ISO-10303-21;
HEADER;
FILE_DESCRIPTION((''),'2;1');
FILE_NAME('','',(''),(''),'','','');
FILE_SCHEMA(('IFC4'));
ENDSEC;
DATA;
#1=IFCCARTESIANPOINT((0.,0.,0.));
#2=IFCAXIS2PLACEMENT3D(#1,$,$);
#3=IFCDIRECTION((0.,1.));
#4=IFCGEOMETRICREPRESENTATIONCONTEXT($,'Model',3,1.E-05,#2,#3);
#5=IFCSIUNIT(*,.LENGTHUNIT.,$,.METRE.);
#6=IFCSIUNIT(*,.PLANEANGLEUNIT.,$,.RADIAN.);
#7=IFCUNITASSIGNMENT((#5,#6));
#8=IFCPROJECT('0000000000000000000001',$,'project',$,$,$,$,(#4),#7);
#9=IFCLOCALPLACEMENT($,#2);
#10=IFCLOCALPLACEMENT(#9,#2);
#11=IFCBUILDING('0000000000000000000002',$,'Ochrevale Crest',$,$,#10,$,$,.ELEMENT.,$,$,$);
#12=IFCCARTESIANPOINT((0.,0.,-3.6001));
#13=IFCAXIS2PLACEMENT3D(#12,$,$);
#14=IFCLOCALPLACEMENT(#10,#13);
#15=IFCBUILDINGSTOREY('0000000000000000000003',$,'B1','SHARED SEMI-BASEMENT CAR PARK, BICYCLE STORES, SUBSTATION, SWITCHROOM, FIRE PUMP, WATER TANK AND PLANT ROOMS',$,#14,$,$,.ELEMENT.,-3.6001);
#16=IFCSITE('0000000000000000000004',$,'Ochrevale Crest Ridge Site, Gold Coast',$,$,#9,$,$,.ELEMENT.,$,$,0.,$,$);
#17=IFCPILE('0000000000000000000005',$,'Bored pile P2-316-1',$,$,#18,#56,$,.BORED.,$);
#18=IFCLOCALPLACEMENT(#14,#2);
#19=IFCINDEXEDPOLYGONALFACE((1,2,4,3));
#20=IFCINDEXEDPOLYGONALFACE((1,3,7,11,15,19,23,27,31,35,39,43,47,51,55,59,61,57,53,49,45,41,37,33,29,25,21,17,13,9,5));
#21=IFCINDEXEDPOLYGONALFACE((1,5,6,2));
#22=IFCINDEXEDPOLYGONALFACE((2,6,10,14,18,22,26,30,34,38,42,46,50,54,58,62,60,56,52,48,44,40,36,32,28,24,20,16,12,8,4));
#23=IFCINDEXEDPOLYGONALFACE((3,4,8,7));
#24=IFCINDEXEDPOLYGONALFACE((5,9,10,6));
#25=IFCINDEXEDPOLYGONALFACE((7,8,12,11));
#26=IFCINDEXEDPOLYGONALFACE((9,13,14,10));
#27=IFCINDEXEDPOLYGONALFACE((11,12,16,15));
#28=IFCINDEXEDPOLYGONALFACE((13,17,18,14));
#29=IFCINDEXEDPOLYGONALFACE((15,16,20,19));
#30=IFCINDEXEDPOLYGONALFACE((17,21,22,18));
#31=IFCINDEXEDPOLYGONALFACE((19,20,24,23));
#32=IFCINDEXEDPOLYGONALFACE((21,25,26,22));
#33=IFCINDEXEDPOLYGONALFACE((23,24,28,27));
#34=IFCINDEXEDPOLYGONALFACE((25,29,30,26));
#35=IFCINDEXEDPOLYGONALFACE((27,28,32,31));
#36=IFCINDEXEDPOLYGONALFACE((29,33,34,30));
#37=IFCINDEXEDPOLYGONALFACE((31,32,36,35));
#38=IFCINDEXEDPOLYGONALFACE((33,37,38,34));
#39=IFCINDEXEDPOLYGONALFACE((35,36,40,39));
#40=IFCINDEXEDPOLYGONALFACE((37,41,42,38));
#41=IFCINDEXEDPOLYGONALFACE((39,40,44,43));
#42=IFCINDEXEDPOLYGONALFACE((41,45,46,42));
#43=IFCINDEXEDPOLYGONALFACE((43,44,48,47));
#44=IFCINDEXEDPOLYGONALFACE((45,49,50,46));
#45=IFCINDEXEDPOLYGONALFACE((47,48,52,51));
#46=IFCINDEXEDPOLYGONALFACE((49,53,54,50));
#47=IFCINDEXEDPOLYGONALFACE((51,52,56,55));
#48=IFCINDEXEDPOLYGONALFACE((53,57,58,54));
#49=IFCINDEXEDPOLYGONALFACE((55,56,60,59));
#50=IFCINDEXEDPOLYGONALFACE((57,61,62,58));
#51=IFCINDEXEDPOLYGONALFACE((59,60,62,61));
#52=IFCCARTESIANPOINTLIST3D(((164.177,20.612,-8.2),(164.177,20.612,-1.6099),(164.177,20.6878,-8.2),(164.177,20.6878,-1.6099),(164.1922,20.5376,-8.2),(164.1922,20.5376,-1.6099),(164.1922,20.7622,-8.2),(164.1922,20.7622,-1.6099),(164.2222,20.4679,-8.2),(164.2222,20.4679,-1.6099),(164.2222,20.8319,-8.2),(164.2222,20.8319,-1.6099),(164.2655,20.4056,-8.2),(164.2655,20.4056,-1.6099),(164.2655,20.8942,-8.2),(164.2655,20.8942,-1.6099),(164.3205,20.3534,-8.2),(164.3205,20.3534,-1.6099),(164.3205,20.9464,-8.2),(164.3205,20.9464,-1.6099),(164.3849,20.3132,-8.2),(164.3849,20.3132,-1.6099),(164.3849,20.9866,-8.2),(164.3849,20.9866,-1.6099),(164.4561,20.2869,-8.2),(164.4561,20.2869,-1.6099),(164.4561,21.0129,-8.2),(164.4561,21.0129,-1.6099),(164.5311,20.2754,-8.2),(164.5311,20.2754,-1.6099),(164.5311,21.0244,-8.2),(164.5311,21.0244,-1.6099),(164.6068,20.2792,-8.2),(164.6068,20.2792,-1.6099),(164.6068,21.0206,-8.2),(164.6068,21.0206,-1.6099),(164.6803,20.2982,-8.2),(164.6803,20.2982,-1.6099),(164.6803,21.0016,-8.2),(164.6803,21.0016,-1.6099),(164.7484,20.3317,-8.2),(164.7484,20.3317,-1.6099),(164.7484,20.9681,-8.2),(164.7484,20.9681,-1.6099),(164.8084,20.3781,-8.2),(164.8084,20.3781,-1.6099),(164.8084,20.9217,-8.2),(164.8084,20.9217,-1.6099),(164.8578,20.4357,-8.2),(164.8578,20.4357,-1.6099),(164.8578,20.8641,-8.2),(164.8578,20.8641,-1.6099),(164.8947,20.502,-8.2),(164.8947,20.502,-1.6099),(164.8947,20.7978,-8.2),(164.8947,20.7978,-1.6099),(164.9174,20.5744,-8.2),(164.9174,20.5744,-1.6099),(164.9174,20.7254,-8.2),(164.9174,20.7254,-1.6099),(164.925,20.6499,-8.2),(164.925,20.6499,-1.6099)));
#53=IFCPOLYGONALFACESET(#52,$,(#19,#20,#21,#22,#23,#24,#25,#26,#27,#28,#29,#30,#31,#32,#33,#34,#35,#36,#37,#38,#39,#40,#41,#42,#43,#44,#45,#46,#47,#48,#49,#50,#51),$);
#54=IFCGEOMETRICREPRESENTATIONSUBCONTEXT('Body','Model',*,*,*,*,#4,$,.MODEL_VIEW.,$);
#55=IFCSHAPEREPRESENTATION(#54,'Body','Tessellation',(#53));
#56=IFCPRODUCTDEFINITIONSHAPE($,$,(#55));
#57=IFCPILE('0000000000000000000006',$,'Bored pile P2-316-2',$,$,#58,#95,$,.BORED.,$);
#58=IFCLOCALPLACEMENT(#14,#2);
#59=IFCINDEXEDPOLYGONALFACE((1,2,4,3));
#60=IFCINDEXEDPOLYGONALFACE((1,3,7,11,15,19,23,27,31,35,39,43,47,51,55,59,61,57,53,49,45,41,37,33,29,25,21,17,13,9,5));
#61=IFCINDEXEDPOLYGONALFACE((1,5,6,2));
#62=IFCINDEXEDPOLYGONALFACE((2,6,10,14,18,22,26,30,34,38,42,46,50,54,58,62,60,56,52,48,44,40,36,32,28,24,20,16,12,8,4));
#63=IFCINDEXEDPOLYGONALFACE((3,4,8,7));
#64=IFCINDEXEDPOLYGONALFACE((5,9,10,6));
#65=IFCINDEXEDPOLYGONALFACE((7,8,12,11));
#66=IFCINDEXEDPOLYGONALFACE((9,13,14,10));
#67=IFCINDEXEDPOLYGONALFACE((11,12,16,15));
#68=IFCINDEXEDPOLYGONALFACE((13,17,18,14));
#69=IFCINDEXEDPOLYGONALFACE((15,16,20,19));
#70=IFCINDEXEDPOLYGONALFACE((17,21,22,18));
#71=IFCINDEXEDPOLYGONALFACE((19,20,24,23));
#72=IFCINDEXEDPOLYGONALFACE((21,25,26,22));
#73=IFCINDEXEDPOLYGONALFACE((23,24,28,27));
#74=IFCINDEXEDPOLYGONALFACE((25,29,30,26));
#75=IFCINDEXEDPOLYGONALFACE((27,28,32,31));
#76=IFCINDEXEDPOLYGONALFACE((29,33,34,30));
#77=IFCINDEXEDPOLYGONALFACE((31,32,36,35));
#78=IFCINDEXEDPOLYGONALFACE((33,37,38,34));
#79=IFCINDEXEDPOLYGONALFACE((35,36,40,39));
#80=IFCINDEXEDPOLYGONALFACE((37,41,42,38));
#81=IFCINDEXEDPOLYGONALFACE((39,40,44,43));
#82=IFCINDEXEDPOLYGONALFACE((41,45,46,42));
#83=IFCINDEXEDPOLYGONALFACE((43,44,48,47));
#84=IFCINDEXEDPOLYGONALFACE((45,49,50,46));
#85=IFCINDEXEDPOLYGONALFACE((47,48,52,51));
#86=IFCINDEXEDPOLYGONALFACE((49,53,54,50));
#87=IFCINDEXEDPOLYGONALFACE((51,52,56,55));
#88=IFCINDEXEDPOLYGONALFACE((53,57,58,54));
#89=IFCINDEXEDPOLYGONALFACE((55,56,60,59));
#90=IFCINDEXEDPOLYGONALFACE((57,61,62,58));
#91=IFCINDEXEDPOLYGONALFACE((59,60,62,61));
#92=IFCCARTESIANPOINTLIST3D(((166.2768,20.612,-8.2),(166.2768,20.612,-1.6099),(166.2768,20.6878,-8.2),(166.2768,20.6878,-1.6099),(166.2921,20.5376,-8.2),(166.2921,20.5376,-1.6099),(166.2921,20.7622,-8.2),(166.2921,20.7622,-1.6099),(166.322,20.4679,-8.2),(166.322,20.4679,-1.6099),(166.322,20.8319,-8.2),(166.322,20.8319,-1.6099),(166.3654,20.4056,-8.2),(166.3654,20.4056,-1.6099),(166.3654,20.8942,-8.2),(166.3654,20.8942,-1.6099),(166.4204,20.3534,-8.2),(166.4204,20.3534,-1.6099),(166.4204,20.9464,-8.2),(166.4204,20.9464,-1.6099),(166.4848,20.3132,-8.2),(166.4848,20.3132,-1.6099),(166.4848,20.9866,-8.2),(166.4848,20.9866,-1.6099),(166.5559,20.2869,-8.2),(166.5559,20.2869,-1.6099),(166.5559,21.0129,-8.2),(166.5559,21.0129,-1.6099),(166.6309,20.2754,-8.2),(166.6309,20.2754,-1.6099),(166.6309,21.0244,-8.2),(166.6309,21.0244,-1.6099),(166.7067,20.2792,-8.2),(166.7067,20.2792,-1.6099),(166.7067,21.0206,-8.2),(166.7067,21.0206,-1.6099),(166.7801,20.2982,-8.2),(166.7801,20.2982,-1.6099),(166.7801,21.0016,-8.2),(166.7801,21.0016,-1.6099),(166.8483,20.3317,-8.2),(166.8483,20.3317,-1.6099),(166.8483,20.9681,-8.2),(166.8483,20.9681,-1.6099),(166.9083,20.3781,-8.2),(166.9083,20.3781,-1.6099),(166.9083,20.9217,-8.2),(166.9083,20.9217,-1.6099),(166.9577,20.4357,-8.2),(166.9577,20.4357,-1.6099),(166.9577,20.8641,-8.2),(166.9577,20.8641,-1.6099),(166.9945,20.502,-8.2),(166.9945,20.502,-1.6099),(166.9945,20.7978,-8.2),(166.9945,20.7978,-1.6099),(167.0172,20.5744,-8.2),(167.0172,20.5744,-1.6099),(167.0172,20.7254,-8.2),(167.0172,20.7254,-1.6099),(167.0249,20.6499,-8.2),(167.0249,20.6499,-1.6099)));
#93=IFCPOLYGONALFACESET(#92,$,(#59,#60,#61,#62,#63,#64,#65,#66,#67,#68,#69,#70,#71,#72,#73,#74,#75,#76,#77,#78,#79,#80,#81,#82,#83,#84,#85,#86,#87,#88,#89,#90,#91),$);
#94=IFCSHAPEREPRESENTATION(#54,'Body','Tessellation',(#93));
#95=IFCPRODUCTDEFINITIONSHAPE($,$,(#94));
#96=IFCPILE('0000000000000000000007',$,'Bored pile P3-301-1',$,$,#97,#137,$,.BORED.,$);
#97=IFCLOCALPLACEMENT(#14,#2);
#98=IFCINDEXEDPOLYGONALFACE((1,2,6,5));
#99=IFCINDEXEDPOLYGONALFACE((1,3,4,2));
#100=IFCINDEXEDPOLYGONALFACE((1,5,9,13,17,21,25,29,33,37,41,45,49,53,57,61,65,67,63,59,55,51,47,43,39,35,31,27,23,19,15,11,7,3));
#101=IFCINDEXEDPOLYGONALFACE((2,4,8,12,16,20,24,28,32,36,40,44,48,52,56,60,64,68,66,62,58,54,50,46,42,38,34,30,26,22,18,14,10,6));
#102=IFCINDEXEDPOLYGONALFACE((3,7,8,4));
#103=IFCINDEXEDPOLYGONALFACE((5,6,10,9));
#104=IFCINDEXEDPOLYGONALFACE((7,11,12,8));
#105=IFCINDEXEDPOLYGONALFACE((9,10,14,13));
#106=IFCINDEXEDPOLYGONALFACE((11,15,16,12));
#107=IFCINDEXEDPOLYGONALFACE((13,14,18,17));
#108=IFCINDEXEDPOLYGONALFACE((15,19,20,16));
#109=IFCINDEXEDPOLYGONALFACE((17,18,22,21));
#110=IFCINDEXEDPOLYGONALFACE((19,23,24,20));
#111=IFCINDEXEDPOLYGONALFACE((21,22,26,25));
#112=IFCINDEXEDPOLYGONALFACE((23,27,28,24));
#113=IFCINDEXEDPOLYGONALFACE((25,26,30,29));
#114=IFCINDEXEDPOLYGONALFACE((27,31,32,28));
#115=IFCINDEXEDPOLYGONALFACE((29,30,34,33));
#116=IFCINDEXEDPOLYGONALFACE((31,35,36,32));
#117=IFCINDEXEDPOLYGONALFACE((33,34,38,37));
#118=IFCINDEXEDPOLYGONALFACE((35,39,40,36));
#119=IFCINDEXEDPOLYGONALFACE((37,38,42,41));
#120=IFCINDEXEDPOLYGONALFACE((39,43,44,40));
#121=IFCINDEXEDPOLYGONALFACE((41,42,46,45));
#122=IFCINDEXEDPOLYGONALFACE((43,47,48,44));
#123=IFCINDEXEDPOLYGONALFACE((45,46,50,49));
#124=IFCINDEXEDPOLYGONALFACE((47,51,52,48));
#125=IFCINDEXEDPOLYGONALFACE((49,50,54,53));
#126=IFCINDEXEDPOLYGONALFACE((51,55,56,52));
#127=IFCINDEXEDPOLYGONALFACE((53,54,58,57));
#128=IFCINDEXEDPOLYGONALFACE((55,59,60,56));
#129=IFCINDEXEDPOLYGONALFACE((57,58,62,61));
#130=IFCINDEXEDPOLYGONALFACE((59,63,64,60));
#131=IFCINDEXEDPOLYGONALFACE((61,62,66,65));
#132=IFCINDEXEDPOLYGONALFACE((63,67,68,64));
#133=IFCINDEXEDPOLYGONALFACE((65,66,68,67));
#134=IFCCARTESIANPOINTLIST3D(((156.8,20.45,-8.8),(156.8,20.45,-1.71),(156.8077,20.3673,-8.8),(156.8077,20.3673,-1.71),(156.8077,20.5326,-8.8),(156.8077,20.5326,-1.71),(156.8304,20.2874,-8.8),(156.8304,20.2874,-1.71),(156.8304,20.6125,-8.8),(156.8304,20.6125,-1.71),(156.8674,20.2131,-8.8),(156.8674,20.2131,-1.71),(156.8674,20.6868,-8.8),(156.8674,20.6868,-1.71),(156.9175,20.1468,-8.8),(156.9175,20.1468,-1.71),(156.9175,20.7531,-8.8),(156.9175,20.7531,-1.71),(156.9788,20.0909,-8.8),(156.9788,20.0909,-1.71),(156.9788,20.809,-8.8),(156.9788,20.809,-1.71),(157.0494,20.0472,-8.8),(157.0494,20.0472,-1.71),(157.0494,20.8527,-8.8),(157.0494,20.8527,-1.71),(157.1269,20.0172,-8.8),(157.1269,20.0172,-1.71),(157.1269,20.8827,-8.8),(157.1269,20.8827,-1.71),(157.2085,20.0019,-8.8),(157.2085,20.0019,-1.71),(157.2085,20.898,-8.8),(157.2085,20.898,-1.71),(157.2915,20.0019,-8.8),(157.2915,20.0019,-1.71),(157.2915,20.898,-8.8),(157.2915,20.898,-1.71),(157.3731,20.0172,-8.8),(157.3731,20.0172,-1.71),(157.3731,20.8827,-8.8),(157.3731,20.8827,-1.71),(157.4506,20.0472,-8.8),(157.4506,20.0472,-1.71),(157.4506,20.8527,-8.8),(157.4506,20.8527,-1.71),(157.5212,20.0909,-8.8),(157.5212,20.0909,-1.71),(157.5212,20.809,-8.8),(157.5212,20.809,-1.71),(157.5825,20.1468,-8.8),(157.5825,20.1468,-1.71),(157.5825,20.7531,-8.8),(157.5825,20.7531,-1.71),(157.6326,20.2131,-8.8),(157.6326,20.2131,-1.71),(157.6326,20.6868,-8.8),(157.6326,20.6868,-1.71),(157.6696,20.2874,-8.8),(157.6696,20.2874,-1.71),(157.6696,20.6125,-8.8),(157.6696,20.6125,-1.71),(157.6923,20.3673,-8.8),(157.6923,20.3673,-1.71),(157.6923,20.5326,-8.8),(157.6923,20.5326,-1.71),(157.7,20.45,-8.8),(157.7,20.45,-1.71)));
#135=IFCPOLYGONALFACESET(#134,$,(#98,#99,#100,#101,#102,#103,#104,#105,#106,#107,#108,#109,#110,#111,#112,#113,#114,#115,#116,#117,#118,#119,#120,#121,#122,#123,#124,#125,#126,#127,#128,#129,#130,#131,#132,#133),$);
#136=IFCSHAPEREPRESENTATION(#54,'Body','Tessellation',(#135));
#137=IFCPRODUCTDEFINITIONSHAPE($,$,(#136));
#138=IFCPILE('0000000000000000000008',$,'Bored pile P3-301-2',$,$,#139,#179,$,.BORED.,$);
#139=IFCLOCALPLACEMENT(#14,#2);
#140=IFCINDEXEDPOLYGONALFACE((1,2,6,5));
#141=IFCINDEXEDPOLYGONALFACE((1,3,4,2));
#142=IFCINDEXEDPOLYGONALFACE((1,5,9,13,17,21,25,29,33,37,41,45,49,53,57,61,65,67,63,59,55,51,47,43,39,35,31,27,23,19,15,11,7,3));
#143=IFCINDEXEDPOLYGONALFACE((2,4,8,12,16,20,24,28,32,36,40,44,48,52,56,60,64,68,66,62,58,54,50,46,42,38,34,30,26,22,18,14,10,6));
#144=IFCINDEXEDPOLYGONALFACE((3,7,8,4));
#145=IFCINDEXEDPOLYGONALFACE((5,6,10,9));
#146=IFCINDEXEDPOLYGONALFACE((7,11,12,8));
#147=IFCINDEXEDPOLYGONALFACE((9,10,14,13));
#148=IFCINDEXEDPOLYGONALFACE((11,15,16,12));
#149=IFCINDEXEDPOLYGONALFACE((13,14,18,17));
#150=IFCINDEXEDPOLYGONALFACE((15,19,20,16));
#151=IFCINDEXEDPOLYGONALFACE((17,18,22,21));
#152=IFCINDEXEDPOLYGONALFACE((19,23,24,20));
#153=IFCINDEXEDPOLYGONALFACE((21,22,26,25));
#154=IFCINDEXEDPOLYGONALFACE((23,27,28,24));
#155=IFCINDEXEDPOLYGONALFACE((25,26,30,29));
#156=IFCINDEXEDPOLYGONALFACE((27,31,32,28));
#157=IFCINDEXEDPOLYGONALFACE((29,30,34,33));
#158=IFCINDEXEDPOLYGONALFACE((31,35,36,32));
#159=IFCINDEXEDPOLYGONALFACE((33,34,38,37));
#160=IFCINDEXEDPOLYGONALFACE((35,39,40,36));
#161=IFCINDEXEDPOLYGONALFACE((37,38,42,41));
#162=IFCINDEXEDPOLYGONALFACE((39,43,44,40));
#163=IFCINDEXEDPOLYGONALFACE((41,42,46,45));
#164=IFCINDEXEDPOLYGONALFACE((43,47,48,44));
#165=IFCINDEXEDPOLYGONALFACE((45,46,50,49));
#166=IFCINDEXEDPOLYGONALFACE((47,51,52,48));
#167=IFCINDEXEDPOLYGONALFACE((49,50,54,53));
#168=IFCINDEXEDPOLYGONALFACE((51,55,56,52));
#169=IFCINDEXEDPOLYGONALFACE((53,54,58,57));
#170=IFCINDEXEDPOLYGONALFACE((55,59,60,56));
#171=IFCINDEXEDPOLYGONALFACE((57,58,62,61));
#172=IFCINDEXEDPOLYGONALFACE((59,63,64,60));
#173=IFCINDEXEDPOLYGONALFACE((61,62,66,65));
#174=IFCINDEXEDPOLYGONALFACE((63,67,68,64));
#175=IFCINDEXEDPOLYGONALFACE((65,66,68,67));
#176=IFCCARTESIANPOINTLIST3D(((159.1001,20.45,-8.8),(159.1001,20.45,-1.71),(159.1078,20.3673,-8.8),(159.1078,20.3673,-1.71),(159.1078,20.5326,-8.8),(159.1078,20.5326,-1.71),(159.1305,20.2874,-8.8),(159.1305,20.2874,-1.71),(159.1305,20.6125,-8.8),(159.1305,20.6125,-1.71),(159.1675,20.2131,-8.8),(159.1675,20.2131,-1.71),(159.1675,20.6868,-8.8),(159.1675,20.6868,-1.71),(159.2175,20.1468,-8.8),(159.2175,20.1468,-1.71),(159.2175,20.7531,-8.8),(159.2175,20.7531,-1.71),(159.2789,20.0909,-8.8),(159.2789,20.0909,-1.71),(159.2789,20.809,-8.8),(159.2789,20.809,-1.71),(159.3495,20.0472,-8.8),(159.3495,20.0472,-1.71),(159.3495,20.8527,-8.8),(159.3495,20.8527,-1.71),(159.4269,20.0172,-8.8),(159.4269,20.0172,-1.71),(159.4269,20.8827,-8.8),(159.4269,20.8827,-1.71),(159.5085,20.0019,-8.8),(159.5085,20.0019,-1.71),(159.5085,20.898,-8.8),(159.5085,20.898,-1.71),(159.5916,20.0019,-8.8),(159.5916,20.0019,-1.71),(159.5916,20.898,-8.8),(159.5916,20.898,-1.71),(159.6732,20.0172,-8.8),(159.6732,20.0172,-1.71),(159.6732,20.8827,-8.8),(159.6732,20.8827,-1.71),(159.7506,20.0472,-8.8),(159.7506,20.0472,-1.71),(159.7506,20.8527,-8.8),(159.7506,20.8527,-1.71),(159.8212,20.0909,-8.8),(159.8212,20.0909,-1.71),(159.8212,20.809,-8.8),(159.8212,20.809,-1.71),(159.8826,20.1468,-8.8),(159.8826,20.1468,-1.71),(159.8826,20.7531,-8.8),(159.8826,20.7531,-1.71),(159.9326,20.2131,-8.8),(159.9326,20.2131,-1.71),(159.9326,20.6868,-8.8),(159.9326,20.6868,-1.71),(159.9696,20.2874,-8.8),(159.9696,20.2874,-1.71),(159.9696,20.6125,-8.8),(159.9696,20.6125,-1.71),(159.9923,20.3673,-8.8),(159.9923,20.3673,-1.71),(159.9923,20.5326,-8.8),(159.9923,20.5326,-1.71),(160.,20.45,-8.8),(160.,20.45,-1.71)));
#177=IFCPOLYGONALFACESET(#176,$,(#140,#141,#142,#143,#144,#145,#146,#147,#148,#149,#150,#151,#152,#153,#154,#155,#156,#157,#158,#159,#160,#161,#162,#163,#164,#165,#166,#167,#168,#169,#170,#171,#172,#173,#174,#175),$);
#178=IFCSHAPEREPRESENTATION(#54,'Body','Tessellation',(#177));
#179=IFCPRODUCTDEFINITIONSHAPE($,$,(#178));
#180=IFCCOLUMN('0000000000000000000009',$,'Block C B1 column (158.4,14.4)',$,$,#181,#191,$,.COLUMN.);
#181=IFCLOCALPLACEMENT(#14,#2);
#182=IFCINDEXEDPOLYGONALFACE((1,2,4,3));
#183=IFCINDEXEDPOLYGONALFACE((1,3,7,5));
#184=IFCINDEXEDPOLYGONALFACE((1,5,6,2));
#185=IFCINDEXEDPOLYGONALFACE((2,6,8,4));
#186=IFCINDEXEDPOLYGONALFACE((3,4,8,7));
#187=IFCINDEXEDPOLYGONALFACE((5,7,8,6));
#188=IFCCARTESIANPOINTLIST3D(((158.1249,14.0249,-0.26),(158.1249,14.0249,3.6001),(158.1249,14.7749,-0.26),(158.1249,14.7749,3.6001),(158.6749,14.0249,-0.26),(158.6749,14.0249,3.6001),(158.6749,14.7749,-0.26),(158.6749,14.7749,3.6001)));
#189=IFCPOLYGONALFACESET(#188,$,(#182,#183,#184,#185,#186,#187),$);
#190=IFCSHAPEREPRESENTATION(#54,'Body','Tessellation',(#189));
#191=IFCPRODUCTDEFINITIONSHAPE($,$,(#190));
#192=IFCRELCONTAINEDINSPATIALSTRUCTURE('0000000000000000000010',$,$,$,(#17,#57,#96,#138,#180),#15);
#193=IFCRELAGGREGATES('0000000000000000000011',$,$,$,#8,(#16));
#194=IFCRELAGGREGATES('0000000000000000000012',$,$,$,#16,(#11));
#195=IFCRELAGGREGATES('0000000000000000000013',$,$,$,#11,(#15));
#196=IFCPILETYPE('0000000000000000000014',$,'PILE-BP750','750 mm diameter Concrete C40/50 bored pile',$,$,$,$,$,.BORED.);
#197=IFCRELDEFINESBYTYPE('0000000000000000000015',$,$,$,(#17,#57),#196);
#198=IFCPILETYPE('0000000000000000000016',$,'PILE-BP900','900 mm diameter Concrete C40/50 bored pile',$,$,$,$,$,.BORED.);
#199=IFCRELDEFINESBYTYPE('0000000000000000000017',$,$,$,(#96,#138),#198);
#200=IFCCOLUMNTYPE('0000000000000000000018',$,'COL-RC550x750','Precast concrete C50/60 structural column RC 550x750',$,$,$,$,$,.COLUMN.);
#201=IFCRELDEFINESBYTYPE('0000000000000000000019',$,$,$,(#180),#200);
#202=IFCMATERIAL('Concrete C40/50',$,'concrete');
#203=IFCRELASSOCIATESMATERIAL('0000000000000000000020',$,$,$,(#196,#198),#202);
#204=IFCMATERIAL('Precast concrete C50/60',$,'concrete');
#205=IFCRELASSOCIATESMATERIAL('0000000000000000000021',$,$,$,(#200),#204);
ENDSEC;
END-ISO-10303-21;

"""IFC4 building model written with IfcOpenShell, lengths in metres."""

from ifc_helpers import new_model, si_unit, direction, frame, origin, origin_2d, place, context, subcontext, project, spatial, rectangle, circle, extrude, material, material_profile, profile_set, type_object, element, save


model = new_model("IFC4")

# Units and contexts
model_context = context("Model", 3, precision=1e-05, world=origin(), true_north=direction((0.0, 1.0)))
body_context = subcontext(model_context, "Body", "Model", "MODEL_VIEW")
ifc_project = project(units=[si_unit("LENGTHUNIT", "METRE"), si_unit("PLANEANGLEUNIT", "RADIAN")], contexts=[model_context])

# Site, building, storey
site_placement = place(None, origin())
site = spatial("IfcSite", under=ifc_project, at=site_placement, Name="Ochrevale Crest Ridge Site, Gold Coast", CompositionType="ELEMENT", RefElevation=0.0)
building_placement = place(site_placement, origin())
building = spatial("IfcBuilding", under=site, at=building_placement, Name="Ochrevale Crest", CompositionType="ELEMENT")
storey_placement = place(building_placement, frame((0.0, 0.0, -3.6001)))
storey = spatial("IfcBuildingStorey", under=building, at=storey_placement, Name="B1", Description="SHARED SEMI-BASEMENT CAR PARK, BICYCLE STORES, SUBSTATION, SWITCHROOM, FIRE PUMP, WATER TANK AND PLANT ROOMS", CompositionType="ELEMENT", Elevation=-3.6001)

# Shared definitions
ifc_material_1 = material(Name="Concrete C40/50", Category="concrete")

# Piles
ifc_material_profile_1 = material_profile(ifc_material_1, circle(Radius=0.375, at=origin_2d()), Name="BORED PILE 750")
ifc_profile_set_1 = profile_set([ifc_material_profile_1], Name="Concrete C40/50")
pile_type_1 = type_object("IfcPileType", Name="PILE-BP750", Description="750 mm diameter Concrete C40/50 bored pile", PredefinedType="BORED", material=ifc_profile_set_1)
for number, where, z_axis, x_axis, name in (
    (1, (164.55, 20.6499, -1.6099), (0.0, 0.0, -1.0), (1.0, 0.0, 0.0), "Bored pile P2-316-1"),
    (2, (166.6499, 20.6499, -1.6099), (0.0, 0.0, -1.0), (1.0, 0.0, 0.0), "Bored pile P2-316-2"),
):
    element("IfcPile", number, at=place(storey_placement, frame(where, z_axis=z_axis, x_axis=x_axis)), inside=storey, type_object=pile_type_1, Name=name, PredefinedType="BORED", context=body_context, shape_type="SweptSolid", body=[
        extrude(circle(Radius=0.375, at=origin_2d()), origin(), (0.0, 0.0, 1.0), 6.5901),
    ])
ifc_material_profile_2 = material_profile(ifc_material_1, circle(Radius=0.45, at=origin_2d()), Name="BORED PILE 900")
ifc_profile_set_2 = profile_set([ifc_material_profile_2], Name="Concrete C40/50")
pile_type_2 = type_object("IfcPileType", Name="PILE-BP900", Description="900 mm diameter Concrete C40/50 bored pile", PredefinedType="BORED", material=ifc_profile_set_2)
for number, where, z_axis, x_axis, name in (
    (3, (157.25, 20.45, -1.71), (0.0, 0.0, -1.0), (1.0, 0.0, 0.0), "Bored pile P3-301-1"),
    (4, (159.55, 20.45, -1.71), (0.0, 0.0, -1.0), (1.0, 0.0, 0.0), "Bored pile P3-301-2"),
):
    element("IfcPile", number, at=place(storey_placement, frame(where, z_axis=z_axis, x_axis=x_axis)), inside=storey, type_object=pile_type_2, Name=name, PredefinedType="BORED", context=body_context, shape_type="SweptSolid", body=[
        extrude(circle(Radius=0.45, at=origin_2d()), origin(), (0.0, 0.0, 1.0), 7.0901),
    ])

# Column
ifc_material_2 = material(Name="Precast concrete C50/60", Category="concrete")
ifc_material_profile_3 = material_profile(ifc_material_2, rectangle(XDim=0.55, YDim=0.75, at=origin_2d()), Name="RC 550x750")
ifc_profile_set_3 = profile_set([ifc_material_profile_3], Name="Precast concrete C50/60")
column_type_1 = type_object("IfcColumnType", Name="COL-RC550x750", Description="Precast concrete C50/60 structural column RC 550x750", PredefinedType="COLUMN", material=ifc_profile_set_3)
column_placement = place(storey_placement, frame((158.3999, 14.3999, -0.26), z_axis=(0.0, 0.0, 1.0), x_axis=(1.0, 0.0, 0.0)))
element("IfcColumn", 5, at=column_placement, inside=storey, type_object=column_type_1, Name="Block C B1 column (158.4,14.4)", PredefinedType="COLUMN", context=body_context, shape_type="SweptSolid", body=[
    extrude(rectangle(XDim=0.55, YDim=0.75, at=origin_2d()), origin(), (0.0, 0.0, 1.0), 3.8601),
])

save(model, "model.ifc")
